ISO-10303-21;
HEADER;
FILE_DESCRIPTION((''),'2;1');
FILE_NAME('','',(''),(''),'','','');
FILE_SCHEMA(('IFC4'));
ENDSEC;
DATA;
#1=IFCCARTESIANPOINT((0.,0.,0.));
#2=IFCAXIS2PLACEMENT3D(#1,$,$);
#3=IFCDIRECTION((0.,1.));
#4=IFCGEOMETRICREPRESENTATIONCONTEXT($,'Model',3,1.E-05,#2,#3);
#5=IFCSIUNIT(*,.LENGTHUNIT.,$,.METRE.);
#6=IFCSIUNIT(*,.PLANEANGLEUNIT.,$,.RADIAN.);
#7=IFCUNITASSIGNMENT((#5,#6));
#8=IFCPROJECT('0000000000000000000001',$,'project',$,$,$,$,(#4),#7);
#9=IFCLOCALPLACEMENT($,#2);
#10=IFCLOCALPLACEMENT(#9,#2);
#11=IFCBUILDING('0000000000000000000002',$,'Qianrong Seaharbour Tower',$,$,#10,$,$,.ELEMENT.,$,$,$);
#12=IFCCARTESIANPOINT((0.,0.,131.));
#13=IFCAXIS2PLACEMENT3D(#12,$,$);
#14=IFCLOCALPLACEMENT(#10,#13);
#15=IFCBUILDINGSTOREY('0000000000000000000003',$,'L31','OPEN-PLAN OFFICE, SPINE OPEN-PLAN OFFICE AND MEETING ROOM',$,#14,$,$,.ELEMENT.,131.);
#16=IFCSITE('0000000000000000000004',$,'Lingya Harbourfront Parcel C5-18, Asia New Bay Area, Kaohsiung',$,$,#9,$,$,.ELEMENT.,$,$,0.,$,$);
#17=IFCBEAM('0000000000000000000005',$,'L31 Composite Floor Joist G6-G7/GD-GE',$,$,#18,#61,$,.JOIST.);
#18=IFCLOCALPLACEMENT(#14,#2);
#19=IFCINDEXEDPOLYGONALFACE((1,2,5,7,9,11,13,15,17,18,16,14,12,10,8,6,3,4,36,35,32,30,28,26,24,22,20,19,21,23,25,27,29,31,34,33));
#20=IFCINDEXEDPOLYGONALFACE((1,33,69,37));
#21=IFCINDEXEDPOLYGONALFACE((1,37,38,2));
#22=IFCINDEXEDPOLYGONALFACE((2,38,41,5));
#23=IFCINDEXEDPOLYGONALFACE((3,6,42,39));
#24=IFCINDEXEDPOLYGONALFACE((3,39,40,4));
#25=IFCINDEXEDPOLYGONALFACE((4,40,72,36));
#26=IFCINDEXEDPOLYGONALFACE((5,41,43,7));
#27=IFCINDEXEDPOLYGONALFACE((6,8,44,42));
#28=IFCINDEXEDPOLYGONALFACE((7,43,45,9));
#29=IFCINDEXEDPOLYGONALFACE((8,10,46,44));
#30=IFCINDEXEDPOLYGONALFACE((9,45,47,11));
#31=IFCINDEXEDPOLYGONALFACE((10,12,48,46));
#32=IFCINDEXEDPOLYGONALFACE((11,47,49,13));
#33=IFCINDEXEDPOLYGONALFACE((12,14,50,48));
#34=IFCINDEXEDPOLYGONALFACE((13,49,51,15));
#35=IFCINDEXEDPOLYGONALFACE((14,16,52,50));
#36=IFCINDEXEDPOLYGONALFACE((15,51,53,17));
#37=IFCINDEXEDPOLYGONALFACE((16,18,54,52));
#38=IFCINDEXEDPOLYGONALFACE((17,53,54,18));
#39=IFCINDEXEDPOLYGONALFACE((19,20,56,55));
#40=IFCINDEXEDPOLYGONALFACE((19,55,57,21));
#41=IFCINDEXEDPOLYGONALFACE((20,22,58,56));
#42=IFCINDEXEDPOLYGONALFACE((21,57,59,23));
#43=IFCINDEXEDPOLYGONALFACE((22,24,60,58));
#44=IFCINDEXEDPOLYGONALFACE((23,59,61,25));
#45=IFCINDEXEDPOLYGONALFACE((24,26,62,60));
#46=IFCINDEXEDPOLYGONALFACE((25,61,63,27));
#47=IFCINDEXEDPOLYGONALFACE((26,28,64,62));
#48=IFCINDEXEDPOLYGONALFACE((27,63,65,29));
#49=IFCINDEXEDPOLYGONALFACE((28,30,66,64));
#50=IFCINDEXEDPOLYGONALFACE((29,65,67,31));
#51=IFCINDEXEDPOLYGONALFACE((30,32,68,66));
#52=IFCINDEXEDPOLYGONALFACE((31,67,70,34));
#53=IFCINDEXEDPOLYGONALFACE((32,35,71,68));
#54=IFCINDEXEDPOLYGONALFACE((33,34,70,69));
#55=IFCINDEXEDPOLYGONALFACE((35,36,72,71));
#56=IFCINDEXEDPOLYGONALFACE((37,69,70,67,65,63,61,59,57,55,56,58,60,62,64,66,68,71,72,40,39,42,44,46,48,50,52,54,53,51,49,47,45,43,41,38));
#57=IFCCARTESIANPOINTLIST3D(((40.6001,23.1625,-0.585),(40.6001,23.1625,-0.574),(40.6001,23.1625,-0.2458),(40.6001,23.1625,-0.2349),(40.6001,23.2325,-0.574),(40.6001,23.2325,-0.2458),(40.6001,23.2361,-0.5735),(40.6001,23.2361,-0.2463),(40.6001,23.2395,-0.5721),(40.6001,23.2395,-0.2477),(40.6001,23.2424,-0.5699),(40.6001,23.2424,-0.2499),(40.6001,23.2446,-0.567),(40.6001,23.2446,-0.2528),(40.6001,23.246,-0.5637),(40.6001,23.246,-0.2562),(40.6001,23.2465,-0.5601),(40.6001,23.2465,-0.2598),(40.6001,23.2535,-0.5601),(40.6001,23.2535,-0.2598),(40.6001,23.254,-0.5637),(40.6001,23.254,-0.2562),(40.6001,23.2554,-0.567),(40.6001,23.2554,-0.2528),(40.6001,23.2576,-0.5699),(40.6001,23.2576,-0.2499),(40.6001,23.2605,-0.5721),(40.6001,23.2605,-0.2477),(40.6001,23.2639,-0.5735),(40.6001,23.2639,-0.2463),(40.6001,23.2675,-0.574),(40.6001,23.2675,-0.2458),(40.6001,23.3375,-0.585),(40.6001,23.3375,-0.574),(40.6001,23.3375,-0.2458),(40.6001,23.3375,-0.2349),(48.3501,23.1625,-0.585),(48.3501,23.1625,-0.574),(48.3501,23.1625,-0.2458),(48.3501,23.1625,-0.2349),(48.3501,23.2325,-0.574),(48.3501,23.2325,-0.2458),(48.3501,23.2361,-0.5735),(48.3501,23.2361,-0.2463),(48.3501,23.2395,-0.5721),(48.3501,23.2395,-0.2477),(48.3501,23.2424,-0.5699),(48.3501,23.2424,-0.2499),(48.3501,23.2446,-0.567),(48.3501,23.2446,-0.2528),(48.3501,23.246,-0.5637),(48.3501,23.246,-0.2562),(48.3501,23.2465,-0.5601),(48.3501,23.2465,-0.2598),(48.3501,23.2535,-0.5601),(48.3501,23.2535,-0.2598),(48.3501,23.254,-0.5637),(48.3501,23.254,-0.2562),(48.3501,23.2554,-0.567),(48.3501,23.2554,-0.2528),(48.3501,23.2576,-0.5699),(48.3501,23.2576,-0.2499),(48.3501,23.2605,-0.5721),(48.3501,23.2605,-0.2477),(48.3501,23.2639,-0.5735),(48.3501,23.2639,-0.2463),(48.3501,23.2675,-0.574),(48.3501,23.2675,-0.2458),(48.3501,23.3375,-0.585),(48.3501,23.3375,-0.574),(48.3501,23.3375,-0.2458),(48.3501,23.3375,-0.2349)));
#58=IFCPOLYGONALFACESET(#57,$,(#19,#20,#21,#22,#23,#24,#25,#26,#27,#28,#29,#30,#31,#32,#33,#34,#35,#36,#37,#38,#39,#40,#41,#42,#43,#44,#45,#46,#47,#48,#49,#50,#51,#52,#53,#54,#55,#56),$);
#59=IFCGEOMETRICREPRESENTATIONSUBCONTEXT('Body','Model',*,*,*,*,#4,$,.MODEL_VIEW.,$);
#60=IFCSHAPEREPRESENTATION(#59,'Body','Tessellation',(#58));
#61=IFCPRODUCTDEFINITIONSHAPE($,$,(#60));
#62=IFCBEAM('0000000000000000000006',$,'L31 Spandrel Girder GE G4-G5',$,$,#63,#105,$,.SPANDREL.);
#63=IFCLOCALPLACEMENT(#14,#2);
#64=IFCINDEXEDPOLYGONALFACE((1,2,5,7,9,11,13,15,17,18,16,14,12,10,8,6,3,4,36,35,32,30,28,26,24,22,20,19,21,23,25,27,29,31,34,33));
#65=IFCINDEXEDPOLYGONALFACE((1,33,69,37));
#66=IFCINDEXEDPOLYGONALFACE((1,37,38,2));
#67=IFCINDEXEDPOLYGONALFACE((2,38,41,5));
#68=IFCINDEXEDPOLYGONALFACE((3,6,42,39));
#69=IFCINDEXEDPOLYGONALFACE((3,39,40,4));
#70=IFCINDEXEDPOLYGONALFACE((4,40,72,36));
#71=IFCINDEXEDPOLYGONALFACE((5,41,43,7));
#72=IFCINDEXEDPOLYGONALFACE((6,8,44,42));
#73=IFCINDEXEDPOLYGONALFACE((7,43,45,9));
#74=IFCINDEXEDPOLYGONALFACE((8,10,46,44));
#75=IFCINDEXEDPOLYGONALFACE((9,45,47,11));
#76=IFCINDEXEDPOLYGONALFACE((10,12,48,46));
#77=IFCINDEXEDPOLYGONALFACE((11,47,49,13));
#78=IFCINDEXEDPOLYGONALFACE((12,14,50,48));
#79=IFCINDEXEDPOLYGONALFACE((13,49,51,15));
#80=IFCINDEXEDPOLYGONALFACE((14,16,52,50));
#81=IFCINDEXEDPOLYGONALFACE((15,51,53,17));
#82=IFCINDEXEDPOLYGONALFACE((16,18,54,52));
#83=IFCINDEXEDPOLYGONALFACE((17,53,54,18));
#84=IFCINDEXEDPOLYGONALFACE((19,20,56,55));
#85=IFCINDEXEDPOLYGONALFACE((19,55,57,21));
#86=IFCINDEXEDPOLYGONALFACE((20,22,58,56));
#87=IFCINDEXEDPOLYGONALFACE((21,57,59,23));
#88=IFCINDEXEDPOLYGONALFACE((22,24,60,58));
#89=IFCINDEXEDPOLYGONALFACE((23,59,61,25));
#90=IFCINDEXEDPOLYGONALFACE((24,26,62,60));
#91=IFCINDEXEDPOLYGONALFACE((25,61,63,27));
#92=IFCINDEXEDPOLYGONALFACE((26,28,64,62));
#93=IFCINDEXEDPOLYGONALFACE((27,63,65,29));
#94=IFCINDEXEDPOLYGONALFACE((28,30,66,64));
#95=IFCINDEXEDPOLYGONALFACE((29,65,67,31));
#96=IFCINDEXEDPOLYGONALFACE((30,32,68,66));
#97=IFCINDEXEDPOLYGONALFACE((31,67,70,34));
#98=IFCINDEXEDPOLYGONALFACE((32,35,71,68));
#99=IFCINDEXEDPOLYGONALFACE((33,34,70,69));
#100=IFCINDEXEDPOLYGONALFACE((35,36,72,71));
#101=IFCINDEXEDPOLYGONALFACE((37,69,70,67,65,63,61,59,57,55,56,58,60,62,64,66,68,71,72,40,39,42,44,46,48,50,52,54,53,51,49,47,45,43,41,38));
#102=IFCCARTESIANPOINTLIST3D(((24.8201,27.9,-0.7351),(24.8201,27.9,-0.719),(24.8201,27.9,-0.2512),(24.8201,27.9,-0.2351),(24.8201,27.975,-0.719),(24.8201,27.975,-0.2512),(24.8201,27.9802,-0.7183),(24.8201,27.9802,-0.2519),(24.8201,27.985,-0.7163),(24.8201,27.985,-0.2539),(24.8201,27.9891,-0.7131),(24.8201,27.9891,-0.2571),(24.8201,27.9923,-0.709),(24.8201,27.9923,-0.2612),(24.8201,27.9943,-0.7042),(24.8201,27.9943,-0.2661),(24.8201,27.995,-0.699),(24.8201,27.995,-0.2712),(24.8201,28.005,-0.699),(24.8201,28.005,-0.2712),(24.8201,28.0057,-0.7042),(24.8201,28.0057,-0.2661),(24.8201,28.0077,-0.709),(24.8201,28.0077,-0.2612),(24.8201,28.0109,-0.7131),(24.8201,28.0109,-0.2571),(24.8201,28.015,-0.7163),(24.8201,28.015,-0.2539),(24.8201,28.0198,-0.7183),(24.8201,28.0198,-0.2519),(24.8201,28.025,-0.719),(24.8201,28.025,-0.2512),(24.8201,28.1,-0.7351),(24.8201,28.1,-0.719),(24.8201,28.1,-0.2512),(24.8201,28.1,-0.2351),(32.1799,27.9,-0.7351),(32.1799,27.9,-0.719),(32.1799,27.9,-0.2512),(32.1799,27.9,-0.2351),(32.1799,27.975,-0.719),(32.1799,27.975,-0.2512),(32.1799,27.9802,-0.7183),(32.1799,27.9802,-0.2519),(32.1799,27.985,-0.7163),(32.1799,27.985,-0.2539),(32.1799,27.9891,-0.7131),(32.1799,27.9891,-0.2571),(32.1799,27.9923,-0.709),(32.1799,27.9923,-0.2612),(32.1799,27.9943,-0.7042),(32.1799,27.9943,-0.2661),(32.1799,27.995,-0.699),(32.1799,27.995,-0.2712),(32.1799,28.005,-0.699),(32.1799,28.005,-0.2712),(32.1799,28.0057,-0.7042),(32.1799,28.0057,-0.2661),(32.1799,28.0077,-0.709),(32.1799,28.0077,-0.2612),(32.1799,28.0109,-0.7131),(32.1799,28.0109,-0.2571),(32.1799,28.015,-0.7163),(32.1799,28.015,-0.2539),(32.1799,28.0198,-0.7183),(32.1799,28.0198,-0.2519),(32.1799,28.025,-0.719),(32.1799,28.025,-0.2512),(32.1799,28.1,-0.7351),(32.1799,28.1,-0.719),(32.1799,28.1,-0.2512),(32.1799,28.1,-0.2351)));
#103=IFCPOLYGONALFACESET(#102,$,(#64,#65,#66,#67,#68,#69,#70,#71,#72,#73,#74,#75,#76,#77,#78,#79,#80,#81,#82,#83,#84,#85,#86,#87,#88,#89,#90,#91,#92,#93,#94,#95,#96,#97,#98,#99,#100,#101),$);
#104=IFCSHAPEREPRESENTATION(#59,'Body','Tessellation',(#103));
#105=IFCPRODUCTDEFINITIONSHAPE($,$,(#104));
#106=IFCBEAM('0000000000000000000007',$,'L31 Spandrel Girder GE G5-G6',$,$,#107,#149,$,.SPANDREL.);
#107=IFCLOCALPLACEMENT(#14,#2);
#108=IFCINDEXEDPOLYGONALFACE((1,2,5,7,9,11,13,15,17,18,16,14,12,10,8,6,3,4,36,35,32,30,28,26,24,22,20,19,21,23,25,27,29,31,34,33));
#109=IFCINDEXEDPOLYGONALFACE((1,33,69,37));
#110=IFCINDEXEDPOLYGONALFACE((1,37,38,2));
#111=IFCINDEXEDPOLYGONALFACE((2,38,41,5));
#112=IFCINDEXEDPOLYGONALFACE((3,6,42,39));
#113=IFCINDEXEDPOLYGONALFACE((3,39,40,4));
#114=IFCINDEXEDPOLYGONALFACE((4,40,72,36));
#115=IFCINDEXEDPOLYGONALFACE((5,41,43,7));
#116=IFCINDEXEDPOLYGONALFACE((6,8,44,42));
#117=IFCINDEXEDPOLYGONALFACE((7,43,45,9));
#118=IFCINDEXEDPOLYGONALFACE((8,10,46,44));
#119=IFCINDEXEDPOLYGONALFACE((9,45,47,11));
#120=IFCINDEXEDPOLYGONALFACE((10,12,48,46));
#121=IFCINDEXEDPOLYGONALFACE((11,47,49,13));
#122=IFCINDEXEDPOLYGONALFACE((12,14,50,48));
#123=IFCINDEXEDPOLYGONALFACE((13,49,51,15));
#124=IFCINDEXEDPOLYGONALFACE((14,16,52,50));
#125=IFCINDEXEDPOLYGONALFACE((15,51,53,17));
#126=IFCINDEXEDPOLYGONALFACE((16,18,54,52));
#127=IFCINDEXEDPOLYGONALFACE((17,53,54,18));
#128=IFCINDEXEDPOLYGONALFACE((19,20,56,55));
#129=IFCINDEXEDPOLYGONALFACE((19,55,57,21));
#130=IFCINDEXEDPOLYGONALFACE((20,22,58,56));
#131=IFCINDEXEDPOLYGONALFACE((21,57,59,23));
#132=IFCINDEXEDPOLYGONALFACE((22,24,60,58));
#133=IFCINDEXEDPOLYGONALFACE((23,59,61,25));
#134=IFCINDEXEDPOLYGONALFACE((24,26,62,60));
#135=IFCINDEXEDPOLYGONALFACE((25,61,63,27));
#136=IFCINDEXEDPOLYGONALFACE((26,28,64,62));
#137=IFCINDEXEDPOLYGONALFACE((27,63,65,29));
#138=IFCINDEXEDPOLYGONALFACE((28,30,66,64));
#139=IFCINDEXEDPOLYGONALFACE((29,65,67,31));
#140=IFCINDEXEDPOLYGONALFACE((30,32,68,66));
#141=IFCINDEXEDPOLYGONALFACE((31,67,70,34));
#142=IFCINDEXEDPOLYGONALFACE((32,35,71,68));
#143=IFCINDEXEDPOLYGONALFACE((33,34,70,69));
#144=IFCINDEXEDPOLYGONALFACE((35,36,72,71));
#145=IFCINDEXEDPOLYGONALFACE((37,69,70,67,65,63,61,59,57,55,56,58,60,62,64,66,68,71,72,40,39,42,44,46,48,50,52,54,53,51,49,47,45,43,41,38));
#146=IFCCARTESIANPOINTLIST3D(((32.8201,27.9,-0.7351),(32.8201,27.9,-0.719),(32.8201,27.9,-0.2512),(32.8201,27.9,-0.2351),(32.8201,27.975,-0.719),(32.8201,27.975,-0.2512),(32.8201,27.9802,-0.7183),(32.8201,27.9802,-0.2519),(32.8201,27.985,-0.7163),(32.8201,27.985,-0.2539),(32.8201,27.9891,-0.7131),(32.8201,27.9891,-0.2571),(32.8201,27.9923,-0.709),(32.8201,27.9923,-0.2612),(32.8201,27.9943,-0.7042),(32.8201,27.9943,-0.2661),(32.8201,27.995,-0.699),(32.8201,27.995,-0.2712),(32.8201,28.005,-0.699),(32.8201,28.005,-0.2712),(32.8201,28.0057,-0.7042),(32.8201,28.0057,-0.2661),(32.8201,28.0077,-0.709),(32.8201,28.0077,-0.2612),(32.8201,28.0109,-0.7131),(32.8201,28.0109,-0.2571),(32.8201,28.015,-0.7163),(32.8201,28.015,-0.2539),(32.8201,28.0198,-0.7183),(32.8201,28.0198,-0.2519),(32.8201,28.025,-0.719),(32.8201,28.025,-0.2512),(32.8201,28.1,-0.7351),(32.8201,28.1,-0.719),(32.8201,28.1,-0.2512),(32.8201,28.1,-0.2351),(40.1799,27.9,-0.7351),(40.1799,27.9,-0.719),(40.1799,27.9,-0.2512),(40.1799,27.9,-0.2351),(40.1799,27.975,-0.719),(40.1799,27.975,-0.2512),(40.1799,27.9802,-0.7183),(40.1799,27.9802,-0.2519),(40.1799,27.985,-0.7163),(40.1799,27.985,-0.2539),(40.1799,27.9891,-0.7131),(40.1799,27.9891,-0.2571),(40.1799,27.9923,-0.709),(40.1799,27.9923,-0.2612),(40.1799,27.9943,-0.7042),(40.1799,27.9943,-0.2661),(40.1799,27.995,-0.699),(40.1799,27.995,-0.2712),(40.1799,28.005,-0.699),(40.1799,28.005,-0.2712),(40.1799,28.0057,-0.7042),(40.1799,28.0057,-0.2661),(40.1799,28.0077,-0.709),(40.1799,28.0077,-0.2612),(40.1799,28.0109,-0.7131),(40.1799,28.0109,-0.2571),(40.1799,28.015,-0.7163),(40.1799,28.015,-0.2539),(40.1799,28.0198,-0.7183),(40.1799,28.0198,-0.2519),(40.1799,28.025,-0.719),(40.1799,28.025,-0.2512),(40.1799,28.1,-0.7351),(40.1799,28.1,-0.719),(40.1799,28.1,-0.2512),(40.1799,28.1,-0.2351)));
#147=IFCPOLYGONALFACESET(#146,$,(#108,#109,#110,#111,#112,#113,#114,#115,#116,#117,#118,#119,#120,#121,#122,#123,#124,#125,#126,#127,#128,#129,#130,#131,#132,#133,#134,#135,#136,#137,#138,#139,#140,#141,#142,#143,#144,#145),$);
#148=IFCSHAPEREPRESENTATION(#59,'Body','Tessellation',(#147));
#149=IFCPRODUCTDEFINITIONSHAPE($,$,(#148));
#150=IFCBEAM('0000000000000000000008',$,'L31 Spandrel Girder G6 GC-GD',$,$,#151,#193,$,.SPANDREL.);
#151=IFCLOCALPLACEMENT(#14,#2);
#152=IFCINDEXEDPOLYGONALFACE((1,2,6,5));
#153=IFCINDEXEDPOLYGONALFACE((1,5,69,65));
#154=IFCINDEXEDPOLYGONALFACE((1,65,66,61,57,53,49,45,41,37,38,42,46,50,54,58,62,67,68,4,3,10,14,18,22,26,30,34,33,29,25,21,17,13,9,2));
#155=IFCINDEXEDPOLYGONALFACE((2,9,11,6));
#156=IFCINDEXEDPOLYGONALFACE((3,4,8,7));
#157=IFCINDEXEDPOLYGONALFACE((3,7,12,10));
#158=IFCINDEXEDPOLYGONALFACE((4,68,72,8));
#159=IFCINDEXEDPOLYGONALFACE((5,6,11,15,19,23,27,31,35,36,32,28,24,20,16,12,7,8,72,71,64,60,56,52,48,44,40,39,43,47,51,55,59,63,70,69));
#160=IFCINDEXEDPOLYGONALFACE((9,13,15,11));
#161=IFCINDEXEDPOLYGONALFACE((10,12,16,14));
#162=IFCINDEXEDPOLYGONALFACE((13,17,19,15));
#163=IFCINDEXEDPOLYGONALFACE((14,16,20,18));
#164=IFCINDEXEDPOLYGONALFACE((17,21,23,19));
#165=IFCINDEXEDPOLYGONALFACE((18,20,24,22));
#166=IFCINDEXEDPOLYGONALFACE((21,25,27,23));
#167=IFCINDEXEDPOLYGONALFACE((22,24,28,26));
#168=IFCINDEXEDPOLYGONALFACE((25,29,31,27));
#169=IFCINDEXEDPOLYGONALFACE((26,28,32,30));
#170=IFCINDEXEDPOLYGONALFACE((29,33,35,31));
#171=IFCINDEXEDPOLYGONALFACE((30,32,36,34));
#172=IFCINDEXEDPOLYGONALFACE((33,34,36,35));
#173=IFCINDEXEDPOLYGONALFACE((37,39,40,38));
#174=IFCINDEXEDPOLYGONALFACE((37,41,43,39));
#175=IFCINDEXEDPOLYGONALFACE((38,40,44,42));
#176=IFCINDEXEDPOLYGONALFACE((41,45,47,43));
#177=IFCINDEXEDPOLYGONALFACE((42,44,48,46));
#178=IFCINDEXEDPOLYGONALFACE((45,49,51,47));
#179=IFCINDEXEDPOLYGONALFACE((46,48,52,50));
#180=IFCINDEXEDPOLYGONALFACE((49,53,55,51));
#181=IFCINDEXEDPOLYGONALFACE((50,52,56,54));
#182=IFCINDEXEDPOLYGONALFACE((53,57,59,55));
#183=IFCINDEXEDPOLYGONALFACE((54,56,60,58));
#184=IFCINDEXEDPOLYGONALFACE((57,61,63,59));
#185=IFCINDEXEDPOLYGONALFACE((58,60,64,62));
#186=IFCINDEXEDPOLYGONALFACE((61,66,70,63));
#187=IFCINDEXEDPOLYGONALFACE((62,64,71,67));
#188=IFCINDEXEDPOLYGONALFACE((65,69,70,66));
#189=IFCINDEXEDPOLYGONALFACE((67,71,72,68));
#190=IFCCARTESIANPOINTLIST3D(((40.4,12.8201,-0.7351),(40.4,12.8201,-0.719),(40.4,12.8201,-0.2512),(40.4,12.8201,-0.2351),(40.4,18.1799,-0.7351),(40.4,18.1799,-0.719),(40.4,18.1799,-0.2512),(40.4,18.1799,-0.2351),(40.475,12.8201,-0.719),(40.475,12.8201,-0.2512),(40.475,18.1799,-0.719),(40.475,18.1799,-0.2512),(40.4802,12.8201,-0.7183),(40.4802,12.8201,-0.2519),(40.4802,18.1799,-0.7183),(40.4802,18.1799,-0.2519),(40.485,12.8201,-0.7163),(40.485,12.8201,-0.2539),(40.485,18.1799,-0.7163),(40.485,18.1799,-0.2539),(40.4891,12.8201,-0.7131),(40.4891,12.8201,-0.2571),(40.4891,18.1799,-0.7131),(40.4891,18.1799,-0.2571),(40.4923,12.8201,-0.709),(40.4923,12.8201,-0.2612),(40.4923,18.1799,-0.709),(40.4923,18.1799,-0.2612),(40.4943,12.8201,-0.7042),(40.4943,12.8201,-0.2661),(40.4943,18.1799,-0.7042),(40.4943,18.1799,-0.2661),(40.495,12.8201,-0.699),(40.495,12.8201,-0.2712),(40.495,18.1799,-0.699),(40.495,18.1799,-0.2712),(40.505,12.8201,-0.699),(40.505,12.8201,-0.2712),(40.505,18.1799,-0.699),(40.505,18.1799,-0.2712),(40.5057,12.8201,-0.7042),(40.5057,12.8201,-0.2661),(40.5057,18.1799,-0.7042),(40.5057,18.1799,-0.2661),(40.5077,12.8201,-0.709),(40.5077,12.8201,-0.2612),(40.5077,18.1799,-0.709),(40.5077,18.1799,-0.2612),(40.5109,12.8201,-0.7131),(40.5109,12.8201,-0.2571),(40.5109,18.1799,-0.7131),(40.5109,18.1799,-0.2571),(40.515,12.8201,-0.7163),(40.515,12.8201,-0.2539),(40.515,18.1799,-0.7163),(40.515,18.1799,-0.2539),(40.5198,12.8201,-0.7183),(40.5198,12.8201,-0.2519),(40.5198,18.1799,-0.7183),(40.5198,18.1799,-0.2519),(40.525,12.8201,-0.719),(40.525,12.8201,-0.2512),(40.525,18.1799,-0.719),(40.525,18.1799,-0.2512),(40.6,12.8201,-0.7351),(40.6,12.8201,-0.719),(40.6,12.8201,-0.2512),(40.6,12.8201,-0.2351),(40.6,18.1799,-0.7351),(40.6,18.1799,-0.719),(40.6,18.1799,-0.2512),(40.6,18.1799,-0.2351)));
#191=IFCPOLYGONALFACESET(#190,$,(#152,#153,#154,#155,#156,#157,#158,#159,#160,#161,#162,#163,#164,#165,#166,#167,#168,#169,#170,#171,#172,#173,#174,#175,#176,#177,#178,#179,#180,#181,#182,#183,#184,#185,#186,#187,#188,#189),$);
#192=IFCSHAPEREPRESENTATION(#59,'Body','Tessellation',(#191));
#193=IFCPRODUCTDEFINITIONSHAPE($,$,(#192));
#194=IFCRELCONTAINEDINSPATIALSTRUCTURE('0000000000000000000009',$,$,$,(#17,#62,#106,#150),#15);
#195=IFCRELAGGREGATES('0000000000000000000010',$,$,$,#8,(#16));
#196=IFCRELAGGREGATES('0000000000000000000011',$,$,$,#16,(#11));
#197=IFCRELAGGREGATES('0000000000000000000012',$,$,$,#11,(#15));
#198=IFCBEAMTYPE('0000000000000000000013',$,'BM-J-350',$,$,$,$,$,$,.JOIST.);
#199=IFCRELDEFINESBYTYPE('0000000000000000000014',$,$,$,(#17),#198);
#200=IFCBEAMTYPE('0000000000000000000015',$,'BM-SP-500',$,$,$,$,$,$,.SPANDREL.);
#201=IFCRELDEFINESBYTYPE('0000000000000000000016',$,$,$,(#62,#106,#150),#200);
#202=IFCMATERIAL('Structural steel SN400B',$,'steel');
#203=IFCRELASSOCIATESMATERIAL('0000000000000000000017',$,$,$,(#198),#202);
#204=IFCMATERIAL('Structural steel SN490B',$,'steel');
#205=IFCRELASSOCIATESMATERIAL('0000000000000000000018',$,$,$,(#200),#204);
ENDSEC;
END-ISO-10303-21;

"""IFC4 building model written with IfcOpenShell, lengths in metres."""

from ifc_helpers import new_model, si_unit, direction, frame, origin, origin_2d, place, context, subcontext, project, spatial, i_section, extrude, material, material_profile, profile_set, type_object, element, save


model = new_model("IFC4")

# Units and contexts
model_context = context("Model", 3, precision=1e-05, world=origin(), true_north=direction((0.0, 1.0)))
body_context = subcontext(model_context, "Body", "Model", "MODEL_VIEW")
ifc_project = project(units=[si_unit("LENGTHUNIT", "METRE"), si_unit("PLANEANGLEUNIT", "RADIAN")], contexts=[model_context])

# Site, building, storey
site_placement = place(None, origin())
site = spatial("IfcSite", under=ifc_project, at=site_placement, Name="Lingya Harbourfront Parcel C5-18, Asia New Bay Area, Kaohsiung", CompositionType="ELEMENT", RefElevation=0.0)
building_placement = place(site_placement, origin())
building = spatial("IfcBuilding", under=site, at=building_placement, Name="Qianrong Seaharbour Tower", CompositionType="ELEMENT")
storey_placement = place(building_placement, frame((0.0, 0.0, 131.0)))
storey = spatial("IfcBuildingStorey", under=building, at=storey_placement, Name="L31", Description="OPEN-PLAN OFFICE, SPINE OPEN-PLAN OFFICE AND MEETING ROOM", CompositionType="ELEMENT", Elevation=131.0)

# Shared definitions
ifc_material_1 = material(Name="Structural steel SN490B", Category="steel")

# Beams
ifc_material_2 = material(Name="Structural steel SN400B", Category="steel")
ifc_material_profile_1 = material_profile(ifc_material_2, i_section(OverallWidth=0.175, OverallDepth=0.3501, WebThickness=0.0071, FlangeThickness=0.011, FilletRadius=0.0139, at=origin_2d()), Name="H350x175x7x11")
ifc_profile_set_1 = profile_set([ifc_material_profile_1], Name="Structural steel SN400B")
beam_type_1 = type_object("IfcBeamType", Name="BM-J-350", PredefinedType="JOIST", material=ifc_profile_set_1)
beam_1_placement = place(storey_placement, frame((40.6001, 23.25, -0.4099), z_axis=(1.0, 0.0, 0.0), x_axis=(0.0, 1.0, 0.0)))
element("IfcBeam", 1, at=beam_1_placement, inside=storey, type_object=beam_type_1, Name="L31 Composite Floor Joist G6-G7/GD-GE", PredefinedType="JOIST", context=body_context, shape_type="SweptSolid", body=[
    extrude(i_section(OverallWidth=0.175, OverallDepth=0.3501, WebThickness=0.0071, FlangeThickness=0.011, FilletRadius=0.0139, at=origin_2d()), origin(), (0.0, 0.0, 1.0), 7.75),
])
ifc_material_profile_2 = material_profile(ifc_material_1, i_section(OverallWidth=0.2, OverallDepth=0.5, WebThickness=0.01, FlangeThickness=0.0161, FilletRadius=0.02, at=origin_2d()), Name="H500x200x10x16")
ifc_profile_set_2 = profile_set([ifc_material_profile_2], Name="Structural steel SN490B")
beam_type_2 = type_object("IfcBeamType", Name="BM-SP-500", PredefinedType="SPANDREL", material=ifc_profile_set_2)
for number, where, z_axis, x_axis, name in (
    (2, (24.8201, 28.0, -0.4851), (1.0, 0.0, 0.0), (0.0, 1.0, 0.0), "L31 Spandrel Girder GE G4-G5"),
    (3, (32.8201, 28.0, -0.4851), (1.0, 0.0, 0.0), (0.0, 1.0, 0.0), "L31 Spandrel Girder GE G5-G6"),
):
    element("IfcBeam", number, at=place(storey_placement, frame(where, z_axis=z_axis, x_axis=x_axis)), inside=storey, type_object=beam_type_2, Name=name, PredefinedType="SPANDREL", context=body_context, shape_type="SweptSolid", body=[
        extrude(i_section(OverallWidth=0.2, OverallDepth=0.5, WebThickness=0.01, FlangeThickness=0.0161, FilletRadius=0.02, at=origin_2d()), origin(), (0.0, 0.0, 1.0), 7.3599),
    ])
beam_2_placement = place(storey_placement, frame((40.5, 12.8201, -0.4851), z_axis=(0.0, 1.0, 0.0), x_axis=(-1.0, 0.0, 0.0)))
element("IfcBeam", 4, at=beam_2_placement, inside=storey, type_object=beam_type_2, Name="L31 Spandrel Girder G6 GC-GD", PredefinedType="SPANDREL", context=body_context, shape_type="SweptSolid", body=[
    extrude(i_section(OverallWidth=0.2, OverallDepth=0.5, WebThickness=0.01, FlangeThickness=0.0161, FilletRadius=0.02, at=origin_2d()), origin(), (0.0, 0.0, 1.0), 5.3599),
])

save(model, "model.ifc")
